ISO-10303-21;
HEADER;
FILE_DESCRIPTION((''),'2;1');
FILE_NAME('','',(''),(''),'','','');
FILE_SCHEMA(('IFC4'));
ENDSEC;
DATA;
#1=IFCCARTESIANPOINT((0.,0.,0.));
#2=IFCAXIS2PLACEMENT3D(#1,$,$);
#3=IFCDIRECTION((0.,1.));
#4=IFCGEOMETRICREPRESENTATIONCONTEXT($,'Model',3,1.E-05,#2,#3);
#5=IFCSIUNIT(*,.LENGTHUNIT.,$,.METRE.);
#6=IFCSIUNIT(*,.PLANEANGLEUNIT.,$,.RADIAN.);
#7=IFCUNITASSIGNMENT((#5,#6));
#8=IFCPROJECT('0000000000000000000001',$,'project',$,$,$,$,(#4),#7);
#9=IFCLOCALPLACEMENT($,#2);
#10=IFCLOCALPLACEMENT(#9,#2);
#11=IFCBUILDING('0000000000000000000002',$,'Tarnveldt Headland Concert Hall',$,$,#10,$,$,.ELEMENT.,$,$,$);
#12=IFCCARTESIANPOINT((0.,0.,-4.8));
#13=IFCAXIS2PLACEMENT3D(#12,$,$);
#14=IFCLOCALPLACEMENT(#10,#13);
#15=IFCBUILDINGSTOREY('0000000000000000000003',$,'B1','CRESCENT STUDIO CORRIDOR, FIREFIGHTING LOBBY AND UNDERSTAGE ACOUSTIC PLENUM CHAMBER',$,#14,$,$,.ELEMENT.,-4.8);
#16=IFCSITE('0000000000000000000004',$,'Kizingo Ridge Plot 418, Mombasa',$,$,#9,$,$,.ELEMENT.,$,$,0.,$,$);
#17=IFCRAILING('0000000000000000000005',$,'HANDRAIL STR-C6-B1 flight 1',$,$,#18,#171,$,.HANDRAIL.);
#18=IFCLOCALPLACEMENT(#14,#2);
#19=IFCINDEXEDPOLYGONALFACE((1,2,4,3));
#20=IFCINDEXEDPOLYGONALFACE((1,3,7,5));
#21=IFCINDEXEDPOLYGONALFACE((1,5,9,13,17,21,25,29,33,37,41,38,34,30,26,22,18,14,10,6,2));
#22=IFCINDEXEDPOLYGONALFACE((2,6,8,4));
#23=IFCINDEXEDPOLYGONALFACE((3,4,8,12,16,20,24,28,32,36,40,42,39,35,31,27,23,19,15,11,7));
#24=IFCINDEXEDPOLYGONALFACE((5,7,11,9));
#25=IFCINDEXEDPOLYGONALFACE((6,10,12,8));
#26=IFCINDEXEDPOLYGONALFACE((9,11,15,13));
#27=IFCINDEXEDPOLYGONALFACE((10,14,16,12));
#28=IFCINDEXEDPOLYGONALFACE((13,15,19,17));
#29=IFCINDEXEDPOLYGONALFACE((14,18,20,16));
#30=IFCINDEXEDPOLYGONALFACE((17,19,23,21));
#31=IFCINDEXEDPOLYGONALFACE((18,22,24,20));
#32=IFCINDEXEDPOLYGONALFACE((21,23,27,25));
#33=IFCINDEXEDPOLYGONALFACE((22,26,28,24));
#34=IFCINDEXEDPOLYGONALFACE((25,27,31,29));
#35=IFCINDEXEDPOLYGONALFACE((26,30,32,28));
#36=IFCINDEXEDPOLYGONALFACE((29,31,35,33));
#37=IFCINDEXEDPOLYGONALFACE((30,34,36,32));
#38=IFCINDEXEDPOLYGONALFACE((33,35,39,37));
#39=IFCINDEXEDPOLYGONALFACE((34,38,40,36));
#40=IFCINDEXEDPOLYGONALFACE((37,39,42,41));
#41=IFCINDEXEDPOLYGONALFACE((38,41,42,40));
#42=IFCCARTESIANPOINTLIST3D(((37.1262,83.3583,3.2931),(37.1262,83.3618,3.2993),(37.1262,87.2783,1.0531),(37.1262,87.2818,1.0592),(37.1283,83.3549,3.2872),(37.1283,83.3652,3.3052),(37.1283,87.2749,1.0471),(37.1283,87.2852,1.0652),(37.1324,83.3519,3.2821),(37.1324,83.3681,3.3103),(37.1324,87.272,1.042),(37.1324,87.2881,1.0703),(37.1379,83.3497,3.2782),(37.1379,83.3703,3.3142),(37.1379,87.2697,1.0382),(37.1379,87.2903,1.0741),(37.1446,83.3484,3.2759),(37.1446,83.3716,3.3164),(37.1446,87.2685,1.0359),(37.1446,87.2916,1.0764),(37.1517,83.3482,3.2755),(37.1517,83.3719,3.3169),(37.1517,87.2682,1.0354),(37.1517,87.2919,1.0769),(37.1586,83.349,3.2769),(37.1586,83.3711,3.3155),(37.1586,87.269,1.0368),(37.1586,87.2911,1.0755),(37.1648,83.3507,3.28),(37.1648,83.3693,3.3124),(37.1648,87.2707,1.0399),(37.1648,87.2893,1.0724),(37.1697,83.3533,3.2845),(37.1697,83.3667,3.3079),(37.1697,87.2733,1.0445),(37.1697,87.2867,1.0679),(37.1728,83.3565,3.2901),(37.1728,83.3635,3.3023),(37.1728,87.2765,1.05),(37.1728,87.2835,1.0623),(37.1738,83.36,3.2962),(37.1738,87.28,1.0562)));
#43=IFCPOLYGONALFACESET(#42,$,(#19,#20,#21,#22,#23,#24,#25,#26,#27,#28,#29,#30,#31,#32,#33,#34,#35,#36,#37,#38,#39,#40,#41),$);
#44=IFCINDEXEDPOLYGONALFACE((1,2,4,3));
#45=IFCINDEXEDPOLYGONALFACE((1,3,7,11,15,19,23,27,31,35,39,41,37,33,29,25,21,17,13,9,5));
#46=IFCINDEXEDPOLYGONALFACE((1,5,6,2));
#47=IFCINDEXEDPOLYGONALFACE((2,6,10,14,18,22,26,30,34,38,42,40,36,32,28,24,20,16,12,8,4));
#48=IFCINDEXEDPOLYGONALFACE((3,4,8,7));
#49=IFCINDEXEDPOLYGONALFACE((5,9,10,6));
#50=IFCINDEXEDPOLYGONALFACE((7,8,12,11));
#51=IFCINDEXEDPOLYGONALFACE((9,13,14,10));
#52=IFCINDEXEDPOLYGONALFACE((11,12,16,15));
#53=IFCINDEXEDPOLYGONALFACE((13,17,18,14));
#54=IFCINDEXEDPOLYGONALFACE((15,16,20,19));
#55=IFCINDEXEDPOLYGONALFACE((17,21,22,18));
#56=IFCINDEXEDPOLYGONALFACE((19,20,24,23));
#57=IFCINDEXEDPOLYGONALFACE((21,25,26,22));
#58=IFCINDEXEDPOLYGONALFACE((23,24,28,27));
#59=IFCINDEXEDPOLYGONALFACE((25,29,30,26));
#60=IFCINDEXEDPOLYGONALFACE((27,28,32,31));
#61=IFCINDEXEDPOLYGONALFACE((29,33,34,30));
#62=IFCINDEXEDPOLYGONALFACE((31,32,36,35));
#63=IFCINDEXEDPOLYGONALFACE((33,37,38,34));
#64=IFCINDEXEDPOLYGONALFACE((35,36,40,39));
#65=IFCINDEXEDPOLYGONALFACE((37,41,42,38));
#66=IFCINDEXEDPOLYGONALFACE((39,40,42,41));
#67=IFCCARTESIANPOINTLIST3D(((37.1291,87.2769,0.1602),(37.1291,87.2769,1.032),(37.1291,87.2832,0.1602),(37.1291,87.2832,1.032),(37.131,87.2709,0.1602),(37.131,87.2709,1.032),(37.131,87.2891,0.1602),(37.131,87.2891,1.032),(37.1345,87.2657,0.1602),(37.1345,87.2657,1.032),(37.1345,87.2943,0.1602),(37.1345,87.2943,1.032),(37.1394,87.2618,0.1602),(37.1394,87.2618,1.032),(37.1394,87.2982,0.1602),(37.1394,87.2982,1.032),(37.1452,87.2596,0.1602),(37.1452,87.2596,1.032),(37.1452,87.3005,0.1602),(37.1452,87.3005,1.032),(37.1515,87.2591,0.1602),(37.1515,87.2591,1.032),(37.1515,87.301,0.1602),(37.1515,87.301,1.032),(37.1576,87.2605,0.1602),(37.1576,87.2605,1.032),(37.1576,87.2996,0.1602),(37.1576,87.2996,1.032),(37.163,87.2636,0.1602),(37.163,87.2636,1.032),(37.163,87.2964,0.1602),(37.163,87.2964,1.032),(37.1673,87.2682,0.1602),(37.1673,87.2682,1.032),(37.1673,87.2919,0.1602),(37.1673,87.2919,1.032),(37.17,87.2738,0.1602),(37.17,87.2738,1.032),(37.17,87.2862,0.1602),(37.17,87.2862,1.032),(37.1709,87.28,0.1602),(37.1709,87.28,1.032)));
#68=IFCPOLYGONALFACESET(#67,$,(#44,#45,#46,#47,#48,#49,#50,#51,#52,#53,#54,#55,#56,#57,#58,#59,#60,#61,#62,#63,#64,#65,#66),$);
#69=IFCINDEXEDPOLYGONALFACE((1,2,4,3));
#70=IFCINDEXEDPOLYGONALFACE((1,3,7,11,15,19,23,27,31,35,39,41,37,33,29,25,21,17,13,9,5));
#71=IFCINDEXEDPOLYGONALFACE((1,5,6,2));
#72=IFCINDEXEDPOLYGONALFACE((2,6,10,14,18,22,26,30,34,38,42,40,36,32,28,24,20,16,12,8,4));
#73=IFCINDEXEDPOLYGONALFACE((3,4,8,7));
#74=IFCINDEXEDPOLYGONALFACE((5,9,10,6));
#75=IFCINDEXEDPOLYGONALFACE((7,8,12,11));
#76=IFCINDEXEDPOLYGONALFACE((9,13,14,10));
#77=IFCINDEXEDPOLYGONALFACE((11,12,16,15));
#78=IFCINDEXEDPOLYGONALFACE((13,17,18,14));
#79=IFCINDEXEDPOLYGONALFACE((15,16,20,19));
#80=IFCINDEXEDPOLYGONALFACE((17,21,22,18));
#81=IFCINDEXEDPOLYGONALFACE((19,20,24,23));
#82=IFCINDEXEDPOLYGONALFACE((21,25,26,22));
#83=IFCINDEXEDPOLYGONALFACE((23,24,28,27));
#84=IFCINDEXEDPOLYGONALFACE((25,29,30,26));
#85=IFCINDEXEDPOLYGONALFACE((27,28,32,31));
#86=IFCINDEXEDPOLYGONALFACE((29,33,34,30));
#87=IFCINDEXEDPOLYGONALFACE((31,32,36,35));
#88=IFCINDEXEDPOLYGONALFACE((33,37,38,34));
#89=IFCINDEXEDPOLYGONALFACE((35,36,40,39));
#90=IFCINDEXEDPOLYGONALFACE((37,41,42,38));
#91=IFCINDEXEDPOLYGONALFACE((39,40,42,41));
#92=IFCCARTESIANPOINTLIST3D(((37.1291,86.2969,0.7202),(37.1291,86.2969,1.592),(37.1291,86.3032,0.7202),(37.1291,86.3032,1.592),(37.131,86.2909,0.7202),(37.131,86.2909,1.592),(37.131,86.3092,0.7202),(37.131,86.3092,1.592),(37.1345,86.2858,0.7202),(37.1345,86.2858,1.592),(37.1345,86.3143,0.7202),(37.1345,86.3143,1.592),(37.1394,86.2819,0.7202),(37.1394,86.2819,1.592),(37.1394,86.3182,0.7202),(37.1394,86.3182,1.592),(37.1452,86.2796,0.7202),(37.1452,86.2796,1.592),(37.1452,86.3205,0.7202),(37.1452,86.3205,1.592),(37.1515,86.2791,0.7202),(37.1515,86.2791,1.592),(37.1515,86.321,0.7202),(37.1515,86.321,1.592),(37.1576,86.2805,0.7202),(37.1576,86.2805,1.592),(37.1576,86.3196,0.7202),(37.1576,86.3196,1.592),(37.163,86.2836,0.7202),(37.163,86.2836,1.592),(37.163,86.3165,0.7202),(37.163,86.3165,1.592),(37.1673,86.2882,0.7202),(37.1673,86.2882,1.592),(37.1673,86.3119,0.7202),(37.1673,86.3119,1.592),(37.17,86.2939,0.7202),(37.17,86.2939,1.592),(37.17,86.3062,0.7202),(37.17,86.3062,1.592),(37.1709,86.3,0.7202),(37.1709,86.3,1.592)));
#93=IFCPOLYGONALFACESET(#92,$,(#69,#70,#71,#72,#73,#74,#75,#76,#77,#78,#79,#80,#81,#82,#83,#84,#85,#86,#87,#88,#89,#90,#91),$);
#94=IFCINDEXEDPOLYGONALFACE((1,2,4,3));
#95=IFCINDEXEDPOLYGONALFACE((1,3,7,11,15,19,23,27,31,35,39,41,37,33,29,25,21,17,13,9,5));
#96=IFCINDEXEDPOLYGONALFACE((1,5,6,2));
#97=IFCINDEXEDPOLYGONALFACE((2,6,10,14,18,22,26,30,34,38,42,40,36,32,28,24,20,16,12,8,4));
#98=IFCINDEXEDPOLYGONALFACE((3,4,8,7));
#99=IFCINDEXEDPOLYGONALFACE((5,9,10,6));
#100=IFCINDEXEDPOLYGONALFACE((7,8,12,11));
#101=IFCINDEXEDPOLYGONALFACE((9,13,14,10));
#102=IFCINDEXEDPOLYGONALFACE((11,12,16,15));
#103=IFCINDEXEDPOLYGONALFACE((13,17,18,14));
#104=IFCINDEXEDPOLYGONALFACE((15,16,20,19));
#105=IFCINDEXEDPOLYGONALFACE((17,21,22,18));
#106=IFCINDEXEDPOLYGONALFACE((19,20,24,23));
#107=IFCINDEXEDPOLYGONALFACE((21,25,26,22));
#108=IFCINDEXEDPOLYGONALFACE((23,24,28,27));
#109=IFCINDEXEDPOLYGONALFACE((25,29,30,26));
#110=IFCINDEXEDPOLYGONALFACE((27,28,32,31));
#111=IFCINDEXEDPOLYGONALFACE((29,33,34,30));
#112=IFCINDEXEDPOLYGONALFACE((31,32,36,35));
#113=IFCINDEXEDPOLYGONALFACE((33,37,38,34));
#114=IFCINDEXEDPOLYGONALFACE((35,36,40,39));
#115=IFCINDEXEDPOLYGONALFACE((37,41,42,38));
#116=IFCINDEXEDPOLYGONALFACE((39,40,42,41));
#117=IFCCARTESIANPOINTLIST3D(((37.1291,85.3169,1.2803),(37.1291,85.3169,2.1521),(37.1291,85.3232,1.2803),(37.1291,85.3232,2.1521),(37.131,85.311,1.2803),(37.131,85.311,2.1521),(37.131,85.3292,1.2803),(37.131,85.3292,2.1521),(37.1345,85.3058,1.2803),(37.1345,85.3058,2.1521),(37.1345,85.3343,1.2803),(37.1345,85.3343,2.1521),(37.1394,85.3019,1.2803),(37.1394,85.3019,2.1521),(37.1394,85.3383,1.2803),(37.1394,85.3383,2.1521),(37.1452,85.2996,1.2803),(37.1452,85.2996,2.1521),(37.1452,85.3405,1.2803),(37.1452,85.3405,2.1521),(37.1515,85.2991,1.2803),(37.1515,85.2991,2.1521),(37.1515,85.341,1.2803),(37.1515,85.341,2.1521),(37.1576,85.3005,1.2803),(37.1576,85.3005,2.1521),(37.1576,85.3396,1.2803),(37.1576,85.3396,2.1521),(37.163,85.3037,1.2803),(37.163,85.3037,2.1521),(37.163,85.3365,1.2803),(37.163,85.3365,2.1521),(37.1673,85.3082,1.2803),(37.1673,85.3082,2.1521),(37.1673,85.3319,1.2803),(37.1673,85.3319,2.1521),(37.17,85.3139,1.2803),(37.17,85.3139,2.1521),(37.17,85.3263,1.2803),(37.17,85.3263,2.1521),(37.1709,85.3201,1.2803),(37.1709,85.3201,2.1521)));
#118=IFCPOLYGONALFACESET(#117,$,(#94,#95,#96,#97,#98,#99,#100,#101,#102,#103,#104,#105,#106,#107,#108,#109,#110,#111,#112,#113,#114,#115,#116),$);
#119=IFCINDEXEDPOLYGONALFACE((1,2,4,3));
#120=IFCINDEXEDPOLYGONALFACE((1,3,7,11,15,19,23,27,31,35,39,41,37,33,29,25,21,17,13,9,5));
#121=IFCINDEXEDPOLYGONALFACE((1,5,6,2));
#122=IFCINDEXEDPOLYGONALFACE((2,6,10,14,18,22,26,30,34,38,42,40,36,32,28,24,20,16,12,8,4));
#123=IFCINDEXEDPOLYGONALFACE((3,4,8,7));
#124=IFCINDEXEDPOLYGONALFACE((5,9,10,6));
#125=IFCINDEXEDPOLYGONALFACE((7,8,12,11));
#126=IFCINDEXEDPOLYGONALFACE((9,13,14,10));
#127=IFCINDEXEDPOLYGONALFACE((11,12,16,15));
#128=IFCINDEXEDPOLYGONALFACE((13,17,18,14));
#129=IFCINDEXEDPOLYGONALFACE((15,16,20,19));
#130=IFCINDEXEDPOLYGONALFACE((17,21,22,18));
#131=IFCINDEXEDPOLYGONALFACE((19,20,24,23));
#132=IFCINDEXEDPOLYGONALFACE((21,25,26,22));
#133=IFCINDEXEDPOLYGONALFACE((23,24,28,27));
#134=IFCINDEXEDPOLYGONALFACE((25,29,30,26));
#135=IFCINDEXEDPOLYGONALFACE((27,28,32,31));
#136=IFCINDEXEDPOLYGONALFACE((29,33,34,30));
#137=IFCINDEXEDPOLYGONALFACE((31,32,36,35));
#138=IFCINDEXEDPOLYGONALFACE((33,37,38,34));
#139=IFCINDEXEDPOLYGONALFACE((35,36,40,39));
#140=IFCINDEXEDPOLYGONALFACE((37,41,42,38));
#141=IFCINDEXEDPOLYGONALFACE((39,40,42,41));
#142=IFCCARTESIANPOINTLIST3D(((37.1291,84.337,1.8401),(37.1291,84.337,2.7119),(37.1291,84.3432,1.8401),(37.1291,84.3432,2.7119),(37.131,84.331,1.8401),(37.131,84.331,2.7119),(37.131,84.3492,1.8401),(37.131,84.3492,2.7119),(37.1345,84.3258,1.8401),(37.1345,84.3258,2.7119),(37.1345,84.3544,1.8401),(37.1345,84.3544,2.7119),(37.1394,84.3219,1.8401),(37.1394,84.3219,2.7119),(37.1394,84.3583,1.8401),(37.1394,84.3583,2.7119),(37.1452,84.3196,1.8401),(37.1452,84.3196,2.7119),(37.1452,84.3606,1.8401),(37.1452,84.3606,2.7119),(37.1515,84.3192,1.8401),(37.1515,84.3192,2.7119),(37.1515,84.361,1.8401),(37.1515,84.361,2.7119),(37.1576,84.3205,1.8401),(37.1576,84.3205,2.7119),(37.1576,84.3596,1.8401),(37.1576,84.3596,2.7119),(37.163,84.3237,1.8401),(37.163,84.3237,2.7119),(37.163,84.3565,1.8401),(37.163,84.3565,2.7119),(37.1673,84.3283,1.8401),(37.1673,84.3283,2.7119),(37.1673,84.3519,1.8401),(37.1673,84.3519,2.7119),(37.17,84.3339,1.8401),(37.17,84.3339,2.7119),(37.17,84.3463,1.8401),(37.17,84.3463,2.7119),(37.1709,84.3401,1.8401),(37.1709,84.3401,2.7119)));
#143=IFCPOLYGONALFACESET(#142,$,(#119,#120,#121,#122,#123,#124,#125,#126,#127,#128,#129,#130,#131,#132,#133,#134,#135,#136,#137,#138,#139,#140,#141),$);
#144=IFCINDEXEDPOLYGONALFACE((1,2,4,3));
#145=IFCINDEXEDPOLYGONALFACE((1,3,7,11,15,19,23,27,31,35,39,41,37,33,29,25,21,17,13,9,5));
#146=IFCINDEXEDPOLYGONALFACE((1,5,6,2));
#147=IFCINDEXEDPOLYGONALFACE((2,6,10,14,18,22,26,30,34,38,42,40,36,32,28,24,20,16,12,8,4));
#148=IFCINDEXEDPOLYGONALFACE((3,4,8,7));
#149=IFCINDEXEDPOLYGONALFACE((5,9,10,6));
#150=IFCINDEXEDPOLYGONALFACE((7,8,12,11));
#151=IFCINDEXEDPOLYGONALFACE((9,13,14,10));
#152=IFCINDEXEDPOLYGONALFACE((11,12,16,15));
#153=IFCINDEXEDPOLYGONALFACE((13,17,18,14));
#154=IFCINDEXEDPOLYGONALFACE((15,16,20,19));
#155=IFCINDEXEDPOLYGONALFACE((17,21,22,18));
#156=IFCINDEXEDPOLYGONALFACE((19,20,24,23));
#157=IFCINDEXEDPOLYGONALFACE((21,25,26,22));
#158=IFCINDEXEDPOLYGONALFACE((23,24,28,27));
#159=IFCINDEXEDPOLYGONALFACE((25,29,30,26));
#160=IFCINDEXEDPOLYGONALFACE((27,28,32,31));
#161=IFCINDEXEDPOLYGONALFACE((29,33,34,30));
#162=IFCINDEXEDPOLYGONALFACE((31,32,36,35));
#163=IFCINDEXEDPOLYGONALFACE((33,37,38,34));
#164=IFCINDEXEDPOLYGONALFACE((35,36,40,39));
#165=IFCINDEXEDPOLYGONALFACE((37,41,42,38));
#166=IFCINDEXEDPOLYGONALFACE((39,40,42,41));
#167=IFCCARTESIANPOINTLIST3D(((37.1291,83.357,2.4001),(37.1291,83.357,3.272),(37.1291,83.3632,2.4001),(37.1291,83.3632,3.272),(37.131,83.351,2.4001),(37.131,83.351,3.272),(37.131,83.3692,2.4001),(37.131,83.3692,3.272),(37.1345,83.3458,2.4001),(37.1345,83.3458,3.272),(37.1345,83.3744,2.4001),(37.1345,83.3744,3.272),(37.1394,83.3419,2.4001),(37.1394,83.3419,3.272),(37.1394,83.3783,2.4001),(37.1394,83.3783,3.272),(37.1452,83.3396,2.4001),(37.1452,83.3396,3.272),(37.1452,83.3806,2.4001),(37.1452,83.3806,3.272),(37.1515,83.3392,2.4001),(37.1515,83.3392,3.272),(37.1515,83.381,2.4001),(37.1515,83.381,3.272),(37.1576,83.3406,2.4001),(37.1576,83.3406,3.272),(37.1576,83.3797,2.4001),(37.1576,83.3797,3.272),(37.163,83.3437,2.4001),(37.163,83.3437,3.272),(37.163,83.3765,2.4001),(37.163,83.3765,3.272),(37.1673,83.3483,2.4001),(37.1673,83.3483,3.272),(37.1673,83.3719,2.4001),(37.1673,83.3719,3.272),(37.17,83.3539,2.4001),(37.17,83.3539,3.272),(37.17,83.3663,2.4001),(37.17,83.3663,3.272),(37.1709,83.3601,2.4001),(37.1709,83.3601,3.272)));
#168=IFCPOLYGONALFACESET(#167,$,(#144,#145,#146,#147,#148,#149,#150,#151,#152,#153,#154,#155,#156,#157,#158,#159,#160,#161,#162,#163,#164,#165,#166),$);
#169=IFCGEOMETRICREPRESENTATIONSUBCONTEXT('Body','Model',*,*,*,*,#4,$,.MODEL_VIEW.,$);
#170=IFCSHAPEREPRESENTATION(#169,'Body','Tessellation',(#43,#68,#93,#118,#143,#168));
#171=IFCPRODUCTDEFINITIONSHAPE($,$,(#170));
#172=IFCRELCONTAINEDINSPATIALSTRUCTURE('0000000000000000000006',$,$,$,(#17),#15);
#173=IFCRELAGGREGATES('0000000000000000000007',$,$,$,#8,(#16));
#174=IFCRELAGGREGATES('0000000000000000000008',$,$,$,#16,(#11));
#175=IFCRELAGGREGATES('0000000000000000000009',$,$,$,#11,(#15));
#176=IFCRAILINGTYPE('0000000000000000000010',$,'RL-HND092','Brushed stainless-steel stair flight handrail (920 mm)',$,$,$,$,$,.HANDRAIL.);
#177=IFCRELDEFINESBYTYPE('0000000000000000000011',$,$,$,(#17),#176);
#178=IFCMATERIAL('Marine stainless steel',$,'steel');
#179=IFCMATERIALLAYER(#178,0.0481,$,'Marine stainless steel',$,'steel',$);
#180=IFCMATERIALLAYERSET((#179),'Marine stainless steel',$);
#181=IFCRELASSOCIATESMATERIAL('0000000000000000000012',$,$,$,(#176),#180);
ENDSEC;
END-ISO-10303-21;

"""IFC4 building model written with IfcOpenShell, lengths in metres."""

from ifc_helpers import new_model, si_unit, direction, frame, origin, origin_2d, place, context, subcontext, project, spatial, circle, extrude, material, layer, layer_set, type_object, element, save


model = new_model("IFC4")

# Units and contexts
model_context = context("Model", 3, precision=1e-05, world=origin(), true_north=direction((0.0, 1.0)))
body_context = subcontext(model_context, "Body", "Model", "MODEL_VIEW")
ifc_project = project(units=[si_unit("LENGTHUNIT", "METRE"), si_unit("PLANEANGLEUNIT", "RADIAN")], contexts=[model_context])

# Site, building, storey
site_placement = place(None, origin())
site = spatial("IfcSite", under=ifc_project, at=site_placement, Name="Kizingo Ridge Plot 418, Mombasa", CompositionType="ELEMENT", RefElevation=0.0)
building_placement = place(site_placement, origin())
building = spatial("IfcBuilding", under=site, at=building_placement, Name="Tarnveldt Headland Concert Hall", CompositionType="ELEMENT")
storey_placement = place(building_placement, frame((0.0, 0.0, -4.8)))
storey = spatial("IfcBuildingStorey", under=building, at=storey_placement, Name="B1", Description="CRESCENT STUDIO CORRIDOR, FIREFIGHTING LOBBY AND UNDERSTAGE ACOUSTIC PLENUM CHAMBER", CompositionType="ELEMENT", Elevation=-4.8)

# Railing
ifc_material_1 = material(Name="Marine stainless steel", Category="steel")
ifc_layer_1 = layer(ifc_material_1, 0.0481, Name="Marine stainless steel", Category="steel")
ifc_layer_set_1 = layer_set([ifc_layer_1], Name="Marine stainless steel")
railing_type_1 = type_object("IfcRailingType", Name="RL-HND092", Description="Brushed stainless-steel stair flight handrail (920 mm)", PredefinedType="HANDRAIL", material=ifc_layer_set_1)
railing_1_placement = place(storey_placement, frame((37.1499, 87.28, 0.1602)))
element("IfcRailing", 1, at=railing_1_placement, inside=storey, type_object=railing_type_1, Name="HANDRAIL STR-C6-B1 flight 1", PredefinedType="HANDRAIL", context=body_context, shape_type="SweptSolid", body=[
    extrude(circle(Radius=0.0239, at=origin_2d()), frame((0.0, 0.0, 0.896), z_axis=(0.0, -0.86824, 0.496145), x_axis=(1.0, 0.0, 0.0)), (0.0, 0.0, 1.0), 4.5149),
    extrude(circle(Radius=0.021, at=origin_2d()), origin(), (0.0, 0.0, 1.0), 0.8718),
    extrude(circle(Radius=0.021, at=origin_2d()), frame((0.0, -0.98, 0.5601)), (0.0, 0.0, 1.0), 0.8718),
    extrude(circle(Radius=0.021, at=origin_2d()), frame((0.0, -1.96, 1.1201)), (0.0, 0.0, 1.0), 0.8718),
    extrude(circle(Radius=0.021, at=origin_2d()), frame((0.0, -2.9399, 1.6799)), (0.0, 0.0, 1.0), 0.8718),
    extrude(circle(Radius=0.021, at=origin_2d()), frame((0.0, -3.9199, 2.24)), (0.0, 0.0, 1.0), 0.8718),
])

save(model, "model.ifc")
